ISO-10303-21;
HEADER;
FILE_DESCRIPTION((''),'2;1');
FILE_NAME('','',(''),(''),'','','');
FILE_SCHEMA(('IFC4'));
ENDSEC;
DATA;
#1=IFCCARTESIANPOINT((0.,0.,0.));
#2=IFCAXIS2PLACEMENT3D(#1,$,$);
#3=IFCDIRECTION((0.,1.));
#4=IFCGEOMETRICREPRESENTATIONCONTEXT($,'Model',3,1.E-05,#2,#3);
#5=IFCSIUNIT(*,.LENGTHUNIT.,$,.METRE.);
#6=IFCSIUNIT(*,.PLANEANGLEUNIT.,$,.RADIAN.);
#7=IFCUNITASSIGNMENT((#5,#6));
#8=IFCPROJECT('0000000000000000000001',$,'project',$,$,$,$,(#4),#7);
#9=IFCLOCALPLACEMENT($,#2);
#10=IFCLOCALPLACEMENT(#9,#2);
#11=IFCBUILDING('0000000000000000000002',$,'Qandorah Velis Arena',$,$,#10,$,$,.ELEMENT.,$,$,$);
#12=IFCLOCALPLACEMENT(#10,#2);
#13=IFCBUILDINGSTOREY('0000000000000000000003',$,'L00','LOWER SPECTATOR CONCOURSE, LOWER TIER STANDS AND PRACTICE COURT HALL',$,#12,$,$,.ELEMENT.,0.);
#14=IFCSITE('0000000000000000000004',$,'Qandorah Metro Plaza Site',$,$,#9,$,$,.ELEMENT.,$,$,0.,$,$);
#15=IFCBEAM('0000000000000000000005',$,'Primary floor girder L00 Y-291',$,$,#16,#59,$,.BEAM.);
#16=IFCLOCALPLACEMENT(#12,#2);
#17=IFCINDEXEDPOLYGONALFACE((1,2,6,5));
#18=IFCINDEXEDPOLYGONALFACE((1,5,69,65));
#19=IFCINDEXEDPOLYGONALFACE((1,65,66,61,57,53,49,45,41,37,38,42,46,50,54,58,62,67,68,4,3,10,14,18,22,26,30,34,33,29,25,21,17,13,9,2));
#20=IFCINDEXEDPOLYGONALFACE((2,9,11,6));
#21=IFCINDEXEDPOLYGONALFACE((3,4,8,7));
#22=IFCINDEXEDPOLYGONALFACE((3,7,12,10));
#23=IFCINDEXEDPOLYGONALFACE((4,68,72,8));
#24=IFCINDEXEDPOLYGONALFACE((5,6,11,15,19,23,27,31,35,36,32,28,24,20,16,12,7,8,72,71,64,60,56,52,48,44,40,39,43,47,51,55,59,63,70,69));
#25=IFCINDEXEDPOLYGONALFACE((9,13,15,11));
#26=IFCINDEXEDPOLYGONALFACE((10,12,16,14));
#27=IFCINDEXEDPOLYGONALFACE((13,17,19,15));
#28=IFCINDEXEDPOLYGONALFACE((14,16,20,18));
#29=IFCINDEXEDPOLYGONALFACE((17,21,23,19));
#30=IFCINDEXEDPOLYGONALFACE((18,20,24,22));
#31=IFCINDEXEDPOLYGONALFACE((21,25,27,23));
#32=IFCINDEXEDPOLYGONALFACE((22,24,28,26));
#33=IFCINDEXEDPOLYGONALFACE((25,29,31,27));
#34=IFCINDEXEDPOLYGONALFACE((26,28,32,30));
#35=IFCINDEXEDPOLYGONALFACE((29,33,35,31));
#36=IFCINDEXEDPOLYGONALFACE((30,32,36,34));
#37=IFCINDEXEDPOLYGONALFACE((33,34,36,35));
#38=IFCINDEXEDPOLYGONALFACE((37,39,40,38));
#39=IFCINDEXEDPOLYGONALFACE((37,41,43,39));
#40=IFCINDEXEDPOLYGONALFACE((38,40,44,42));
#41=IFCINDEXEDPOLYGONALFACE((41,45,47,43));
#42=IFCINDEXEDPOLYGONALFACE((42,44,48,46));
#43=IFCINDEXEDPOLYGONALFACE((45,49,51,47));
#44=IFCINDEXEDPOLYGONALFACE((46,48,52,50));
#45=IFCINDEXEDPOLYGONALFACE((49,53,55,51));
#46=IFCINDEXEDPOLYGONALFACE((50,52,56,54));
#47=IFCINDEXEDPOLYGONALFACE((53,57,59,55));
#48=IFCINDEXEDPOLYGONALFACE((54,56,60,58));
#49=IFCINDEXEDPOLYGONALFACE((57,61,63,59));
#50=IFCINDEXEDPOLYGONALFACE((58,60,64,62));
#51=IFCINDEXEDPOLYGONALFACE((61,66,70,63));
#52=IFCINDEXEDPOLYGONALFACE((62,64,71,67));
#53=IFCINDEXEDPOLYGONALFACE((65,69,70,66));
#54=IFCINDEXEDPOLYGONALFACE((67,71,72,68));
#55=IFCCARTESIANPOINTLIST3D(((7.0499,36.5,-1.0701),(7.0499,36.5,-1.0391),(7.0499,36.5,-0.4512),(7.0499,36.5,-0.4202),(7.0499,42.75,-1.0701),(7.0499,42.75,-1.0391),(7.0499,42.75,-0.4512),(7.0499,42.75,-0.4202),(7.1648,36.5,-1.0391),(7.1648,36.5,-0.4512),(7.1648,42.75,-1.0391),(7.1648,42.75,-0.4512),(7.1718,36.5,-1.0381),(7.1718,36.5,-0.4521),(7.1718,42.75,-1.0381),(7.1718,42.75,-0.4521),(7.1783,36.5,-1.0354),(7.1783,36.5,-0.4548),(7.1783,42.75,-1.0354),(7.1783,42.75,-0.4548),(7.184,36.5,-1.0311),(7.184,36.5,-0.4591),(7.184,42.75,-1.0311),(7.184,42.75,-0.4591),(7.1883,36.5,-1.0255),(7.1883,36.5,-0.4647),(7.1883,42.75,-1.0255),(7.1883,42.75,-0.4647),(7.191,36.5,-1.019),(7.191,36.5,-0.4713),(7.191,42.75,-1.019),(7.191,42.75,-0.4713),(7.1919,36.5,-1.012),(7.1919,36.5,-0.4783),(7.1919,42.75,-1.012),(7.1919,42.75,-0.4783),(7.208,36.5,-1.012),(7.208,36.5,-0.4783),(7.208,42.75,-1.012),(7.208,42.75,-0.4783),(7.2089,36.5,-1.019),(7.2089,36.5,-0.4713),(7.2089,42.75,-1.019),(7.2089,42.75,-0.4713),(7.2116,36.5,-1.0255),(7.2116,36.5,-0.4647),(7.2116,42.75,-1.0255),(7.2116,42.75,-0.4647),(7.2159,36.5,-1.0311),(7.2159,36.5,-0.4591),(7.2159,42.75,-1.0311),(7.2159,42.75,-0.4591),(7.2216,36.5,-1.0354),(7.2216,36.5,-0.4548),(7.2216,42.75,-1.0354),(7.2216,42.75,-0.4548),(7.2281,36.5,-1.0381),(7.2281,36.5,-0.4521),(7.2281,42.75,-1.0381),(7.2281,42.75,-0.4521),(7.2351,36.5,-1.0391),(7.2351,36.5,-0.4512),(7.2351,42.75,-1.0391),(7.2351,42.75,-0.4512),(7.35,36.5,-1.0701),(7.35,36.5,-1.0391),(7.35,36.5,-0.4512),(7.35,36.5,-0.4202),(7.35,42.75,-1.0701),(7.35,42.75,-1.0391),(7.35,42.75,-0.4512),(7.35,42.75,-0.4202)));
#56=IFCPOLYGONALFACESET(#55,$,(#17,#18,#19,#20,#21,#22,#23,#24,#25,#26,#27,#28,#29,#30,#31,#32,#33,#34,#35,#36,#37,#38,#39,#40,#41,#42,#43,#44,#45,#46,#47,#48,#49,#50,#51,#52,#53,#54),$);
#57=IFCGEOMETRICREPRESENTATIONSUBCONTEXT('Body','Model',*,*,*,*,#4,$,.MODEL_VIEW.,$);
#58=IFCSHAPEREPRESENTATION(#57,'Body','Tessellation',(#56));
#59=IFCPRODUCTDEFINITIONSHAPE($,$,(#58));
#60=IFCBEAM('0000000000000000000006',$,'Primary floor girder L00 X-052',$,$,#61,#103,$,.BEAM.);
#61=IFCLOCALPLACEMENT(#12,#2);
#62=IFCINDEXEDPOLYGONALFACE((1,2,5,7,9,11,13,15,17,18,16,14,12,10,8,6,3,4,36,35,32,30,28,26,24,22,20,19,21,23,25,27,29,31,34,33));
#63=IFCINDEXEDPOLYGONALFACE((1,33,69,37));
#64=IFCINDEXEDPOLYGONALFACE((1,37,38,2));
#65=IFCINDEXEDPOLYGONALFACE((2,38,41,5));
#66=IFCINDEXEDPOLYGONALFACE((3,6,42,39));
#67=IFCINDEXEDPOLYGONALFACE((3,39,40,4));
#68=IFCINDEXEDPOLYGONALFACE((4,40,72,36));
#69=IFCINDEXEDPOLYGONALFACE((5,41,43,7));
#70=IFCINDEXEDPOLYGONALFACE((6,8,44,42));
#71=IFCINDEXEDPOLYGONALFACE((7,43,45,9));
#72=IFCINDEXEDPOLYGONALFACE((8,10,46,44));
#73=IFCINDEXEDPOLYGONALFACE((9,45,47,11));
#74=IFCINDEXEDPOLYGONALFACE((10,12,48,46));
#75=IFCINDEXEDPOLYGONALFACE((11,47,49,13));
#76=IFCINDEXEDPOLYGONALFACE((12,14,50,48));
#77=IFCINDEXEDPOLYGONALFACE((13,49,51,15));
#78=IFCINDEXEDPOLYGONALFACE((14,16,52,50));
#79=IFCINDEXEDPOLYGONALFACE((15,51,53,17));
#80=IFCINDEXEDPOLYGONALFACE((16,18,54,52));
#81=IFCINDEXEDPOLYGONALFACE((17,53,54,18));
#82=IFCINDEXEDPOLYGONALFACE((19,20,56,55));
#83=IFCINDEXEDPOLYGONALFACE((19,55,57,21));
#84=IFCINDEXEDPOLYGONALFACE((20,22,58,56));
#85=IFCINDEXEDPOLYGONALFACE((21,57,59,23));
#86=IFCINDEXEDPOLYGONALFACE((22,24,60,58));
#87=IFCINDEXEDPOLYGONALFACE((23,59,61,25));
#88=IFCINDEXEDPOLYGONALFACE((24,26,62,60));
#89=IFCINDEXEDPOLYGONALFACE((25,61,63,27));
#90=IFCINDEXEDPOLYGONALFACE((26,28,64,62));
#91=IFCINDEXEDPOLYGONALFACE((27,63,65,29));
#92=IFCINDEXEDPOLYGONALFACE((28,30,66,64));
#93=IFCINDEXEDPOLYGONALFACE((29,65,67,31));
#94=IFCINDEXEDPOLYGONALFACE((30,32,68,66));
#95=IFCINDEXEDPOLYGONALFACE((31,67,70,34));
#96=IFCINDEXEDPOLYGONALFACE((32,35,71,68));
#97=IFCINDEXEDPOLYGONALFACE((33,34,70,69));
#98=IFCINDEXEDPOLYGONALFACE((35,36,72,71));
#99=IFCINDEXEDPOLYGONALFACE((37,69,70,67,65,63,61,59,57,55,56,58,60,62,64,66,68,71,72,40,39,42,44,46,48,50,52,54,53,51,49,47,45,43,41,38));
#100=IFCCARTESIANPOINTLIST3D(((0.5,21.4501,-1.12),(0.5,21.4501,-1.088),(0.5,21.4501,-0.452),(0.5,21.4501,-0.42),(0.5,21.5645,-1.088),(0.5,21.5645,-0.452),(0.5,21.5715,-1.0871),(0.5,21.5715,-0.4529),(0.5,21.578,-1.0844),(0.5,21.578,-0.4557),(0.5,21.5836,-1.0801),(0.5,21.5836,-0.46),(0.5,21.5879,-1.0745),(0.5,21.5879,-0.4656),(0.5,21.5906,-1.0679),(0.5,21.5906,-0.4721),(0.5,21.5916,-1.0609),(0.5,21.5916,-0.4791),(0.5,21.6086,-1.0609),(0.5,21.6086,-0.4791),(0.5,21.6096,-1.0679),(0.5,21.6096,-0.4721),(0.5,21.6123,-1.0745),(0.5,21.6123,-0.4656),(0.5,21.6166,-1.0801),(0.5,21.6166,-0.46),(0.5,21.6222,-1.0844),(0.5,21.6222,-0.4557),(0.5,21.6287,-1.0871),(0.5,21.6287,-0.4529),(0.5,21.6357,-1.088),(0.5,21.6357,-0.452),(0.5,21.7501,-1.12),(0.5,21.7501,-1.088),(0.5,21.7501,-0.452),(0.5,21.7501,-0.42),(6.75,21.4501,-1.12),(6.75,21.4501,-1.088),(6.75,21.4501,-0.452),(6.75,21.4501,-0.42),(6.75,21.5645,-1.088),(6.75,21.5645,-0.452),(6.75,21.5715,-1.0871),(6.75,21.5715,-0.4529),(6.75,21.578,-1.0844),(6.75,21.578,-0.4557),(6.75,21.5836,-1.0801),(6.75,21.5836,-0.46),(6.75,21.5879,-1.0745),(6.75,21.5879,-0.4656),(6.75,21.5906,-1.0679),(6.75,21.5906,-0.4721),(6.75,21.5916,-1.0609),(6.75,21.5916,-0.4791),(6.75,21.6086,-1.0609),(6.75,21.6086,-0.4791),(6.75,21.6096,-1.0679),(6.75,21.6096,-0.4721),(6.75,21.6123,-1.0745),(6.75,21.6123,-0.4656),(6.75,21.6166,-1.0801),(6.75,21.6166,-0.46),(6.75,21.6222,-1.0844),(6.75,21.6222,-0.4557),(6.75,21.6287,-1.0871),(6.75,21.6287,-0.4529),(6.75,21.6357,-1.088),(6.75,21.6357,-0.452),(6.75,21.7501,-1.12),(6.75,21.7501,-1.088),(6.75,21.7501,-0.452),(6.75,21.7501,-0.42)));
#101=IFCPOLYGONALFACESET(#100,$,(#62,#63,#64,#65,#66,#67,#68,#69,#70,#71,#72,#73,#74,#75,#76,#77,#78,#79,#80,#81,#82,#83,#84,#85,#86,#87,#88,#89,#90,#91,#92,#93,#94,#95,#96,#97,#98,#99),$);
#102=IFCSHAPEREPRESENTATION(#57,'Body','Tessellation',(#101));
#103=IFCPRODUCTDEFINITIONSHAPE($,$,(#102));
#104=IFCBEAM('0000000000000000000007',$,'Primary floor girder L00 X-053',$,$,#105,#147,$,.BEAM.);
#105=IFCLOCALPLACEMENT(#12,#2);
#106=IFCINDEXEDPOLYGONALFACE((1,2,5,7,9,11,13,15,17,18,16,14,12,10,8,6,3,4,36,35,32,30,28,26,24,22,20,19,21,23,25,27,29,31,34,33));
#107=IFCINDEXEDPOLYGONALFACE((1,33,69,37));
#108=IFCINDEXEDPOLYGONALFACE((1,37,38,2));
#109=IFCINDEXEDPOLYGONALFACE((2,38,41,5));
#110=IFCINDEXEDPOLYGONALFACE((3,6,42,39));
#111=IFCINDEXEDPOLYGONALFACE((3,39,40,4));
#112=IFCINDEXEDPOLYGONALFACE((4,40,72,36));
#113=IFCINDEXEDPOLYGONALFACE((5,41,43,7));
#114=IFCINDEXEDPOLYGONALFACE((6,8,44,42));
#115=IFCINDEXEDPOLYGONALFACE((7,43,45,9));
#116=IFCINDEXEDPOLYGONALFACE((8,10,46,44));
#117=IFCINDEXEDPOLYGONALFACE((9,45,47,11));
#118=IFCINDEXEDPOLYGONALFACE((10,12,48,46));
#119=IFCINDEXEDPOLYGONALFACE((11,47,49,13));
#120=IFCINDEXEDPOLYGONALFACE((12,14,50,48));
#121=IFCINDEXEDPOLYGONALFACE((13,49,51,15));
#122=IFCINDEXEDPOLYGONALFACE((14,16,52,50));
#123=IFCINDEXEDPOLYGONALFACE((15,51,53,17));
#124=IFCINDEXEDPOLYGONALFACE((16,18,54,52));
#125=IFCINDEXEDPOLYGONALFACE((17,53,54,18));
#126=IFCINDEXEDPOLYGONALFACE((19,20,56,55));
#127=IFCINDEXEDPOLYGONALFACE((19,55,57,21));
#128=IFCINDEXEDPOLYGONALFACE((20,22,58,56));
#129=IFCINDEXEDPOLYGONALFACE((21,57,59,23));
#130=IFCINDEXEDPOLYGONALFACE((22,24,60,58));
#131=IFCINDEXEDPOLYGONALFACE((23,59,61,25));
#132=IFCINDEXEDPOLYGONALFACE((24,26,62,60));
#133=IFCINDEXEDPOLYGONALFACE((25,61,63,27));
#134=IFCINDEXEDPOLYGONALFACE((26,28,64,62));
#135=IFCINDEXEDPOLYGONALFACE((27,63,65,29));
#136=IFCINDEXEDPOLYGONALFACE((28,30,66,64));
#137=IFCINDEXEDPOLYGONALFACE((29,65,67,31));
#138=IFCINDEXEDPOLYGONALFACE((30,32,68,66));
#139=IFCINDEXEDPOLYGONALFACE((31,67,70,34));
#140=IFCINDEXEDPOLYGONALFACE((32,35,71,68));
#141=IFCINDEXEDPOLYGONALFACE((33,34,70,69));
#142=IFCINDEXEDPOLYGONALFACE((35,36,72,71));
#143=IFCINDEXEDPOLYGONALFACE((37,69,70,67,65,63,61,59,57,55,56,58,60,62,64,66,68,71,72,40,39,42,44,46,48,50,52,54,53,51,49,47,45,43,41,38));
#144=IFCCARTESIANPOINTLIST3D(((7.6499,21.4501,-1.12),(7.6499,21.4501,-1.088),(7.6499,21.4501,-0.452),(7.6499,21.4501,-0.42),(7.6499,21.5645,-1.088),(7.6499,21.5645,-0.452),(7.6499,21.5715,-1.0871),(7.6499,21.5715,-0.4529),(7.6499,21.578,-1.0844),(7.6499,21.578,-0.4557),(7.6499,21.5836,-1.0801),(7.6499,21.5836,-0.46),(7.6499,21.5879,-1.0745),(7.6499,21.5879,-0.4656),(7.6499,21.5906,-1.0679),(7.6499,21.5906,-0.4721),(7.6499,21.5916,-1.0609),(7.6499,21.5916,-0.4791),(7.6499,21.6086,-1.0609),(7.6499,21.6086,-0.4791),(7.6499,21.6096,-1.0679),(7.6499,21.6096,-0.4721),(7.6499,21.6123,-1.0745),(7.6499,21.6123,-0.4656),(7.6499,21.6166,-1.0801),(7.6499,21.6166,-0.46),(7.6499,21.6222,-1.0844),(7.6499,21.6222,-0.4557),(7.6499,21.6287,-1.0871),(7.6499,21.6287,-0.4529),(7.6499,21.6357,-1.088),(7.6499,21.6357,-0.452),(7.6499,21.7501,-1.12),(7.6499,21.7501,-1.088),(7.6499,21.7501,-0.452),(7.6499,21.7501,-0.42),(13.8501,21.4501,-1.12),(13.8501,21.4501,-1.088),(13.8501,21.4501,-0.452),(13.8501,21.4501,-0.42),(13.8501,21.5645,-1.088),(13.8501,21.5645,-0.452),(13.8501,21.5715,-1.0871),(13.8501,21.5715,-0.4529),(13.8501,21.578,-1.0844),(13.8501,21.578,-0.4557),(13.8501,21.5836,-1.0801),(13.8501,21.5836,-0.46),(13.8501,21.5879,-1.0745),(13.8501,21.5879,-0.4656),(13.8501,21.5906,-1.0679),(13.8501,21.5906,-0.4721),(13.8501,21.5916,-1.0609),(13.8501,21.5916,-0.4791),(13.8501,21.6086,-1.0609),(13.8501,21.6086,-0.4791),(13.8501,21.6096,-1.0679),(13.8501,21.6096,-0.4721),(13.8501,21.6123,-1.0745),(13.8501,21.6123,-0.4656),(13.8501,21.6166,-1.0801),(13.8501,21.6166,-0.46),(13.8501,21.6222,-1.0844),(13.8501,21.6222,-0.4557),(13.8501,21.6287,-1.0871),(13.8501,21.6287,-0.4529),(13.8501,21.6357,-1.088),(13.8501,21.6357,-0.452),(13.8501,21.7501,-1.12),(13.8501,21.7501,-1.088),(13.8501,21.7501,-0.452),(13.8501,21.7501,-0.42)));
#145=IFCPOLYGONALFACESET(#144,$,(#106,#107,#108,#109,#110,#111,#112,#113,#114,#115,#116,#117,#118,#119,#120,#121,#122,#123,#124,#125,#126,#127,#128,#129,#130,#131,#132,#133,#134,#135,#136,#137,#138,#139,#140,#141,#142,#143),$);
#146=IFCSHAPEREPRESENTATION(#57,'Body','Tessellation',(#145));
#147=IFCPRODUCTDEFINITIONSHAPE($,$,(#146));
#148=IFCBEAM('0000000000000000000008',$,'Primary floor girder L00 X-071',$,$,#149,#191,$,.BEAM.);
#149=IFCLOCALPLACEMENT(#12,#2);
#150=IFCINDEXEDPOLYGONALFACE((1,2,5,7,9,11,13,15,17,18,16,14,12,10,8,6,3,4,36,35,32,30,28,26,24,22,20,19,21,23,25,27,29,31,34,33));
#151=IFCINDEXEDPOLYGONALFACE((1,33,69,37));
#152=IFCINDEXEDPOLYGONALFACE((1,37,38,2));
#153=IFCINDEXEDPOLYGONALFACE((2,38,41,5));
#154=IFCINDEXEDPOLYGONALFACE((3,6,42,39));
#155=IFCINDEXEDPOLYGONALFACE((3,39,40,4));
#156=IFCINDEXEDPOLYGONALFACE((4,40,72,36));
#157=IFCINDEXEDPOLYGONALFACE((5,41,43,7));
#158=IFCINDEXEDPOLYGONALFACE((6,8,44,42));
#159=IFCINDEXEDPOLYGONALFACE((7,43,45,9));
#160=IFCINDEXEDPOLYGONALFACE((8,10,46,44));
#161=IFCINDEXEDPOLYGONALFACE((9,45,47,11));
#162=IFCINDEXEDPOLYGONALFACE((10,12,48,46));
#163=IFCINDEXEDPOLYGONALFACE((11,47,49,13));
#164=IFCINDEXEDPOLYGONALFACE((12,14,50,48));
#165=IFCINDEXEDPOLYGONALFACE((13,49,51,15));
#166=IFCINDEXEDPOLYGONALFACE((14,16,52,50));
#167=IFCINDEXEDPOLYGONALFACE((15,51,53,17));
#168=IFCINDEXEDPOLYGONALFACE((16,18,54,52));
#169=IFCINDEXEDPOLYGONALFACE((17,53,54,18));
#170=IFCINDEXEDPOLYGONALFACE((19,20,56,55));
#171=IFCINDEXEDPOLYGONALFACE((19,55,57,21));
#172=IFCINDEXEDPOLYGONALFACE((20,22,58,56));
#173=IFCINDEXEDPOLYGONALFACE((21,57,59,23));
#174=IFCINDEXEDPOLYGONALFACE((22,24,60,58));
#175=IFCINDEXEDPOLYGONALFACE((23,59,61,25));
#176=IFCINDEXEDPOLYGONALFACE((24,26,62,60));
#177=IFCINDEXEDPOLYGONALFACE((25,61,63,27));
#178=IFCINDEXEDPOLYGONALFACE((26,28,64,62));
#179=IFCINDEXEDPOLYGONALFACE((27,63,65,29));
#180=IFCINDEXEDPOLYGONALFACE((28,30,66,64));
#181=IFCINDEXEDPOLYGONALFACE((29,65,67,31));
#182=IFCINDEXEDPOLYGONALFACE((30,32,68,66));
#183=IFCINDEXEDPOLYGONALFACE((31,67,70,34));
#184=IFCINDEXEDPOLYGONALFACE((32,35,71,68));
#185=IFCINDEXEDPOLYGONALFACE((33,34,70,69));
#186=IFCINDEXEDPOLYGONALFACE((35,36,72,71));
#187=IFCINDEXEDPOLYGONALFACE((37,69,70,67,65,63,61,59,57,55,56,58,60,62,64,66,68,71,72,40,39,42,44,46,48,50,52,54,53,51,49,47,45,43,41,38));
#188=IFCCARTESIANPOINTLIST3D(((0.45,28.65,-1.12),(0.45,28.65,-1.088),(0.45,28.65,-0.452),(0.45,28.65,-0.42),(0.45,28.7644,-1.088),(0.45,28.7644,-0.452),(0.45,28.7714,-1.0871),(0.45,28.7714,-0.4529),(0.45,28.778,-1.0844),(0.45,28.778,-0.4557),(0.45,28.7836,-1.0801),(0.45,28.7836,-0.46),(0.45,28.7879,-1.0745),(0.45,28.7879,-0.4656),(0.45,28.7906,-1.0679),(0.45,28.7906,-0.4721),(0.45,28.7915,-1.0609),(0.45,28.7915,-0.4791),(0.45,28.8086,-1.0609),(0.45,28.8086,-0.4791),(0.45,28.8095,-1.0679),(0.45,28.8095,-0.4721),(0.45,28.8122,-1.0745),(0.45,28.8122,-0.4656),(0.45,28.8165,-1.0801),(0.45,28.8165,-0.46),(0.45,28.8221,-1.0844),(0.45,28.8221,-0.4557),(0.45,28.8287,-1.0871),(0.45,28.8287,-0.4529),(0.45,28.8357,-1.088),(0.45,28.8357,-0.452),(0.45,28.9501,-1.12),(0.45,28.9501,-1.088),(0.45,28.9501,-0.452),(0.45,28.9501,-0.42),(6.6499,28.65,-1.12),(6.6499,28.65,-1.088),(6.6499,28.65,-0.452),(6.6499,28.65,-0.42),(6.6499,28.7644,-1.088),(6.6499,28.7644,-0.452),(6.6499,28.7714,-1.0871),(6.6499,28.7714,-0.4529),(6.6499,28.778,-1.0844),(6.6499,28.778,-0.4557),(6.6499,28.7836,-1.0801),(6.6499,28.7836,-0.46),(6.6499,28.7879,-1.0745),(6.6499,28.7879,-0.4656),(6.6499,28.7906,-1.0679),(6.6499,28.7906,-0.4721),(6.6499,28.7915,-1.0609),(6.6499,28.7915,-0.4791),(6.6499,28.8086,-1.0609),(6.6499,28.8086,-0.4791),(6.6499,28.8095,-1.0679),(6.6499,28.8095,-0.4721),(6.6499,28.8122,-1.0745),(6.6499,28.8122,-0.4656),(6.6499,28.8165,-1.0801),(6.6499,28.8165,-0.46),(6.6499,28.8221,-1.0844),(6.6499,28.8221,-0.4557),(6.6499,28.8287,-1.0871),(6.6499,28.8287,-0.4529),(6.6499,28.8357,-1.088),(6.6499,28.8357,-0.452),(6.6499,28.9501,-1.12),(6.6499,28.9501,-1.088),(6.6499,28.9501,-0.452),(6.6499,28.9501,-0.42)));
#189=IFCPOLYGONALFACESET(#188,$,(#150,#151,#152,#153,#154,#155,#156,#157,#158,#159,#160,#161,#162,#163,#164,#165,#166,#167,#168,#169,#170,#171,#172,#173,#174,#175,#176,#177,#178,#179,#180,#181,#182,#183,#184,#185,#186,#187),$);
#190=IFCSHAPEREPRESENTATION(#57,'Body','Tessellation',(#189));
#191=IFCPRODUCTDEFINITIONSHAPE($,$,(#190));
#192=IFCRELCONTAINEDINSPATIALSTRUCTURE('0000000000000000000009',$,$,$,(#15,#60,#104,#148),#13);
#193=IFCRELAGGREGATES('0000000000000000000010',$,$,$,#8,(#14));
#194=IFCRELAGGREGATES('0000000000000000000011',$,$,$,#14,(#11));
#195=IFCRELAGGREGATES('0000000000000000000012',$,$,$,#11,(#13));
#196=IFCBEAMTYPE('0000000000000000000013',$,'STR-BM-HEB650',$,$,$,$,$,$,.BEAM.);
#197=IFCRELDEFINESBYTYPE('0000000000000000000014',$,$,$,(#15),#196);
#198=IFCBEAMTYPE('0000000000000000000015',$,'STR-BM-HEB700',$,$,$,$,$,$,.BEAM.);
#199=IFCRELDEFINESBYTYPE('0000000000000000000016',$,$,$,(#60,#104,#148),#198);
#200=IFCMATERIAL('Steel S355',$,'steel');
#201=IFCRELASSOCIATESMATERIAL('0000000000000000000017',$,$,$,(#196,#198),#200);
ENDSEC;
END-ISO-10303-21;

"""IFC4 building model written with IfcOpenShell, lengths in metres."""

from ifc_helpers import new_model, si_unit, direction, frame, origin, origin_2d, place, context, subcontext, project, spatial, i_section, extrude, material, material_profile, profile_set, type_object, element, save


model = new_model("IFC4")

# Units and contexts
model_context = context("Model", 3, precision=1e-05, world=origin(), true_north=direction((0.0, 1.0)))
body_context = subcontext(model_context, "Body", "Model", "MODEL_VIEW")
ifc_project = project(units=[si_unit("LENGTHUNIT", "METRE"), si_unit("PLANEANGLEUNIT", "RADIAN")], contexts=[model_context])

# Site, building, storey
site_placement = place(None, origin())
site = spatial("IfcSite", under=ifc_project, at=site_placement, Name="Qandorah Metro Plaza Site", CompositionType="ELEMENT", RefElevation=0.0)
building_placement = place(site_placement, origin())
building = spatial("IfcBuilding", under=site, at=building_placement, Name="Qandorah Velis Arena", CompositionType="ELEMENT")
storey_placement = place(building_placement, origin())
storey = spatial("IfcBuildingStorey", under=building, at=storey_placement, Name="L00", Description="LOWER SPECTATOR CONCOURSE, LOWER TIER STANDS AND PRACTICE COURT HALL", CompositionType="ELEMENT", Elevation=0.0)

# Beams
ifc_material_1 = material(Name="Steel S355", Category="steel")
ifc_material_profile_1 = material_profile(ifc_material_1, i_section(OverallWidth=0.3, OverallDepth=0.6499, WebThickness=0.0161, FlangeThickness=0.031, FilletRadius=0.0271, at=origin_2d()), Name="HEB 650")
ifc_profile_set_1 = profile_set([ifc_material_profile_1], Name="Steel S355")
beam_type_1 = type_object("IfcBeamType", Name="STR-BM-HEB650", PredefinedType="BEAM", material=ifc_profile_set_1)
beam_1_placement = place(storey_placement, frame((7.2, 36.5, -0.7451), z_axis=(0.0, 1.0, 0.0), x_axis=(-1.0, 0.0, 0.0)))
element("IfcBeam", 1, at=beam_1_placement, inside=storey, type_object=beam_type_1, Name="Primary floor girder L00 Y-291", PredefinedType="BEAM", context=body_context, shape_type="SweptSolid", body=[
    extrude(i_section(OverallWidth=0.3, OverallDepth=0.6499, WebThickness=0.0161, FlangeThickness=0.031, FilletRadius=0.0271, at=origin_2d()), origin(), (0.0, 0.0, 1.0), 6.25),
])
ifc_material_profile_2 = material_profile(ifc_material_1, i_section(OverallWidth=0.3, OverallDepth=0.7, WebThickness=0.0171, FlangeThickness=0.032, FilletRadius=0.0271, at=origin_2d()), Name="HEB 700")
ifc_profile_set_2 = profile_set([ifc_material_profile_2], Name="Steel S355")
beam_type_2 = type_object("IfcBeamType", Name="STR-BM-HEB700", PredefinedType="BEAM", material=ifc_profile_set_2)
beam_2_placement = place(storey_placement, frame((0.5, 21.6001, -0.77), z_axis=(1.0, 0.0, 0.0), x_axis=(0.0, 1.0, 0.0)))
element("IfcBeam", 2, at=beam_2_placement, inside=storey, type_object=beam_type_2, Name="Primary floor girder L00 X-052", PredefinedType="BEAM", context=body_context, shape_type="SweptSolid", body=[
    extrude(i_section(OverallWidth=0.3, OverallDepth=0.7, WebThickness=0.0171, FlangeThickness=0.032, FilletRadius=0.0271, at=origin_2d()), origin(), (0.0, 0.0, 1.0), 6.25),
])
beam_3_placement = place(storey_placement, frame((7.6499, 21.6001, -0.77), z_axis=(1.0, 0.0, 0.0), x_axis=(0.0, 1.0, 0.0)))
element("IfcBeam", 3, at=beam_3_placement, inside=storey, type_object=beam_type_2, Name="Primary floor girder L00 X-053", PredefinedType="BEAM", context=body_context, shape_type="SweptSolid", body=[
    extrude(i_section(OverallWidth=0.3, OverallDepth=0.7, WebThickness=0.0171, FlangeThickness=0.032, FilletRadius=0.0271, at=origin_2d()), origin(), (0.0, 0.0, 1.0), 6.2002),
])
beam_4_placement = place(storey_placement, frame((0.45, 28.8, -0.77), z_axis=(1.0, 0.0, 0.0), x_axis=(0.0, 1.0, 0.0)))
element("IfcBeam", 4, at=beam_4_placement, inside=storey, type_object=beam_type_2, Name="Primary floor girder L00 X-071", PredefinedType="BEAM", context=body_context, shape_type="SweptSolid", body=[
    extrude(i_section(OverallWidth=0.3, OverallDepth=0.7, WebThickness=0.0171, FlangeThickness=0.032, FilletRadius=0.0271, at=origin_2d()), origin(), (0.0, 0.0, 1.0), 6.2),
])

save(model, "model.ifc")
